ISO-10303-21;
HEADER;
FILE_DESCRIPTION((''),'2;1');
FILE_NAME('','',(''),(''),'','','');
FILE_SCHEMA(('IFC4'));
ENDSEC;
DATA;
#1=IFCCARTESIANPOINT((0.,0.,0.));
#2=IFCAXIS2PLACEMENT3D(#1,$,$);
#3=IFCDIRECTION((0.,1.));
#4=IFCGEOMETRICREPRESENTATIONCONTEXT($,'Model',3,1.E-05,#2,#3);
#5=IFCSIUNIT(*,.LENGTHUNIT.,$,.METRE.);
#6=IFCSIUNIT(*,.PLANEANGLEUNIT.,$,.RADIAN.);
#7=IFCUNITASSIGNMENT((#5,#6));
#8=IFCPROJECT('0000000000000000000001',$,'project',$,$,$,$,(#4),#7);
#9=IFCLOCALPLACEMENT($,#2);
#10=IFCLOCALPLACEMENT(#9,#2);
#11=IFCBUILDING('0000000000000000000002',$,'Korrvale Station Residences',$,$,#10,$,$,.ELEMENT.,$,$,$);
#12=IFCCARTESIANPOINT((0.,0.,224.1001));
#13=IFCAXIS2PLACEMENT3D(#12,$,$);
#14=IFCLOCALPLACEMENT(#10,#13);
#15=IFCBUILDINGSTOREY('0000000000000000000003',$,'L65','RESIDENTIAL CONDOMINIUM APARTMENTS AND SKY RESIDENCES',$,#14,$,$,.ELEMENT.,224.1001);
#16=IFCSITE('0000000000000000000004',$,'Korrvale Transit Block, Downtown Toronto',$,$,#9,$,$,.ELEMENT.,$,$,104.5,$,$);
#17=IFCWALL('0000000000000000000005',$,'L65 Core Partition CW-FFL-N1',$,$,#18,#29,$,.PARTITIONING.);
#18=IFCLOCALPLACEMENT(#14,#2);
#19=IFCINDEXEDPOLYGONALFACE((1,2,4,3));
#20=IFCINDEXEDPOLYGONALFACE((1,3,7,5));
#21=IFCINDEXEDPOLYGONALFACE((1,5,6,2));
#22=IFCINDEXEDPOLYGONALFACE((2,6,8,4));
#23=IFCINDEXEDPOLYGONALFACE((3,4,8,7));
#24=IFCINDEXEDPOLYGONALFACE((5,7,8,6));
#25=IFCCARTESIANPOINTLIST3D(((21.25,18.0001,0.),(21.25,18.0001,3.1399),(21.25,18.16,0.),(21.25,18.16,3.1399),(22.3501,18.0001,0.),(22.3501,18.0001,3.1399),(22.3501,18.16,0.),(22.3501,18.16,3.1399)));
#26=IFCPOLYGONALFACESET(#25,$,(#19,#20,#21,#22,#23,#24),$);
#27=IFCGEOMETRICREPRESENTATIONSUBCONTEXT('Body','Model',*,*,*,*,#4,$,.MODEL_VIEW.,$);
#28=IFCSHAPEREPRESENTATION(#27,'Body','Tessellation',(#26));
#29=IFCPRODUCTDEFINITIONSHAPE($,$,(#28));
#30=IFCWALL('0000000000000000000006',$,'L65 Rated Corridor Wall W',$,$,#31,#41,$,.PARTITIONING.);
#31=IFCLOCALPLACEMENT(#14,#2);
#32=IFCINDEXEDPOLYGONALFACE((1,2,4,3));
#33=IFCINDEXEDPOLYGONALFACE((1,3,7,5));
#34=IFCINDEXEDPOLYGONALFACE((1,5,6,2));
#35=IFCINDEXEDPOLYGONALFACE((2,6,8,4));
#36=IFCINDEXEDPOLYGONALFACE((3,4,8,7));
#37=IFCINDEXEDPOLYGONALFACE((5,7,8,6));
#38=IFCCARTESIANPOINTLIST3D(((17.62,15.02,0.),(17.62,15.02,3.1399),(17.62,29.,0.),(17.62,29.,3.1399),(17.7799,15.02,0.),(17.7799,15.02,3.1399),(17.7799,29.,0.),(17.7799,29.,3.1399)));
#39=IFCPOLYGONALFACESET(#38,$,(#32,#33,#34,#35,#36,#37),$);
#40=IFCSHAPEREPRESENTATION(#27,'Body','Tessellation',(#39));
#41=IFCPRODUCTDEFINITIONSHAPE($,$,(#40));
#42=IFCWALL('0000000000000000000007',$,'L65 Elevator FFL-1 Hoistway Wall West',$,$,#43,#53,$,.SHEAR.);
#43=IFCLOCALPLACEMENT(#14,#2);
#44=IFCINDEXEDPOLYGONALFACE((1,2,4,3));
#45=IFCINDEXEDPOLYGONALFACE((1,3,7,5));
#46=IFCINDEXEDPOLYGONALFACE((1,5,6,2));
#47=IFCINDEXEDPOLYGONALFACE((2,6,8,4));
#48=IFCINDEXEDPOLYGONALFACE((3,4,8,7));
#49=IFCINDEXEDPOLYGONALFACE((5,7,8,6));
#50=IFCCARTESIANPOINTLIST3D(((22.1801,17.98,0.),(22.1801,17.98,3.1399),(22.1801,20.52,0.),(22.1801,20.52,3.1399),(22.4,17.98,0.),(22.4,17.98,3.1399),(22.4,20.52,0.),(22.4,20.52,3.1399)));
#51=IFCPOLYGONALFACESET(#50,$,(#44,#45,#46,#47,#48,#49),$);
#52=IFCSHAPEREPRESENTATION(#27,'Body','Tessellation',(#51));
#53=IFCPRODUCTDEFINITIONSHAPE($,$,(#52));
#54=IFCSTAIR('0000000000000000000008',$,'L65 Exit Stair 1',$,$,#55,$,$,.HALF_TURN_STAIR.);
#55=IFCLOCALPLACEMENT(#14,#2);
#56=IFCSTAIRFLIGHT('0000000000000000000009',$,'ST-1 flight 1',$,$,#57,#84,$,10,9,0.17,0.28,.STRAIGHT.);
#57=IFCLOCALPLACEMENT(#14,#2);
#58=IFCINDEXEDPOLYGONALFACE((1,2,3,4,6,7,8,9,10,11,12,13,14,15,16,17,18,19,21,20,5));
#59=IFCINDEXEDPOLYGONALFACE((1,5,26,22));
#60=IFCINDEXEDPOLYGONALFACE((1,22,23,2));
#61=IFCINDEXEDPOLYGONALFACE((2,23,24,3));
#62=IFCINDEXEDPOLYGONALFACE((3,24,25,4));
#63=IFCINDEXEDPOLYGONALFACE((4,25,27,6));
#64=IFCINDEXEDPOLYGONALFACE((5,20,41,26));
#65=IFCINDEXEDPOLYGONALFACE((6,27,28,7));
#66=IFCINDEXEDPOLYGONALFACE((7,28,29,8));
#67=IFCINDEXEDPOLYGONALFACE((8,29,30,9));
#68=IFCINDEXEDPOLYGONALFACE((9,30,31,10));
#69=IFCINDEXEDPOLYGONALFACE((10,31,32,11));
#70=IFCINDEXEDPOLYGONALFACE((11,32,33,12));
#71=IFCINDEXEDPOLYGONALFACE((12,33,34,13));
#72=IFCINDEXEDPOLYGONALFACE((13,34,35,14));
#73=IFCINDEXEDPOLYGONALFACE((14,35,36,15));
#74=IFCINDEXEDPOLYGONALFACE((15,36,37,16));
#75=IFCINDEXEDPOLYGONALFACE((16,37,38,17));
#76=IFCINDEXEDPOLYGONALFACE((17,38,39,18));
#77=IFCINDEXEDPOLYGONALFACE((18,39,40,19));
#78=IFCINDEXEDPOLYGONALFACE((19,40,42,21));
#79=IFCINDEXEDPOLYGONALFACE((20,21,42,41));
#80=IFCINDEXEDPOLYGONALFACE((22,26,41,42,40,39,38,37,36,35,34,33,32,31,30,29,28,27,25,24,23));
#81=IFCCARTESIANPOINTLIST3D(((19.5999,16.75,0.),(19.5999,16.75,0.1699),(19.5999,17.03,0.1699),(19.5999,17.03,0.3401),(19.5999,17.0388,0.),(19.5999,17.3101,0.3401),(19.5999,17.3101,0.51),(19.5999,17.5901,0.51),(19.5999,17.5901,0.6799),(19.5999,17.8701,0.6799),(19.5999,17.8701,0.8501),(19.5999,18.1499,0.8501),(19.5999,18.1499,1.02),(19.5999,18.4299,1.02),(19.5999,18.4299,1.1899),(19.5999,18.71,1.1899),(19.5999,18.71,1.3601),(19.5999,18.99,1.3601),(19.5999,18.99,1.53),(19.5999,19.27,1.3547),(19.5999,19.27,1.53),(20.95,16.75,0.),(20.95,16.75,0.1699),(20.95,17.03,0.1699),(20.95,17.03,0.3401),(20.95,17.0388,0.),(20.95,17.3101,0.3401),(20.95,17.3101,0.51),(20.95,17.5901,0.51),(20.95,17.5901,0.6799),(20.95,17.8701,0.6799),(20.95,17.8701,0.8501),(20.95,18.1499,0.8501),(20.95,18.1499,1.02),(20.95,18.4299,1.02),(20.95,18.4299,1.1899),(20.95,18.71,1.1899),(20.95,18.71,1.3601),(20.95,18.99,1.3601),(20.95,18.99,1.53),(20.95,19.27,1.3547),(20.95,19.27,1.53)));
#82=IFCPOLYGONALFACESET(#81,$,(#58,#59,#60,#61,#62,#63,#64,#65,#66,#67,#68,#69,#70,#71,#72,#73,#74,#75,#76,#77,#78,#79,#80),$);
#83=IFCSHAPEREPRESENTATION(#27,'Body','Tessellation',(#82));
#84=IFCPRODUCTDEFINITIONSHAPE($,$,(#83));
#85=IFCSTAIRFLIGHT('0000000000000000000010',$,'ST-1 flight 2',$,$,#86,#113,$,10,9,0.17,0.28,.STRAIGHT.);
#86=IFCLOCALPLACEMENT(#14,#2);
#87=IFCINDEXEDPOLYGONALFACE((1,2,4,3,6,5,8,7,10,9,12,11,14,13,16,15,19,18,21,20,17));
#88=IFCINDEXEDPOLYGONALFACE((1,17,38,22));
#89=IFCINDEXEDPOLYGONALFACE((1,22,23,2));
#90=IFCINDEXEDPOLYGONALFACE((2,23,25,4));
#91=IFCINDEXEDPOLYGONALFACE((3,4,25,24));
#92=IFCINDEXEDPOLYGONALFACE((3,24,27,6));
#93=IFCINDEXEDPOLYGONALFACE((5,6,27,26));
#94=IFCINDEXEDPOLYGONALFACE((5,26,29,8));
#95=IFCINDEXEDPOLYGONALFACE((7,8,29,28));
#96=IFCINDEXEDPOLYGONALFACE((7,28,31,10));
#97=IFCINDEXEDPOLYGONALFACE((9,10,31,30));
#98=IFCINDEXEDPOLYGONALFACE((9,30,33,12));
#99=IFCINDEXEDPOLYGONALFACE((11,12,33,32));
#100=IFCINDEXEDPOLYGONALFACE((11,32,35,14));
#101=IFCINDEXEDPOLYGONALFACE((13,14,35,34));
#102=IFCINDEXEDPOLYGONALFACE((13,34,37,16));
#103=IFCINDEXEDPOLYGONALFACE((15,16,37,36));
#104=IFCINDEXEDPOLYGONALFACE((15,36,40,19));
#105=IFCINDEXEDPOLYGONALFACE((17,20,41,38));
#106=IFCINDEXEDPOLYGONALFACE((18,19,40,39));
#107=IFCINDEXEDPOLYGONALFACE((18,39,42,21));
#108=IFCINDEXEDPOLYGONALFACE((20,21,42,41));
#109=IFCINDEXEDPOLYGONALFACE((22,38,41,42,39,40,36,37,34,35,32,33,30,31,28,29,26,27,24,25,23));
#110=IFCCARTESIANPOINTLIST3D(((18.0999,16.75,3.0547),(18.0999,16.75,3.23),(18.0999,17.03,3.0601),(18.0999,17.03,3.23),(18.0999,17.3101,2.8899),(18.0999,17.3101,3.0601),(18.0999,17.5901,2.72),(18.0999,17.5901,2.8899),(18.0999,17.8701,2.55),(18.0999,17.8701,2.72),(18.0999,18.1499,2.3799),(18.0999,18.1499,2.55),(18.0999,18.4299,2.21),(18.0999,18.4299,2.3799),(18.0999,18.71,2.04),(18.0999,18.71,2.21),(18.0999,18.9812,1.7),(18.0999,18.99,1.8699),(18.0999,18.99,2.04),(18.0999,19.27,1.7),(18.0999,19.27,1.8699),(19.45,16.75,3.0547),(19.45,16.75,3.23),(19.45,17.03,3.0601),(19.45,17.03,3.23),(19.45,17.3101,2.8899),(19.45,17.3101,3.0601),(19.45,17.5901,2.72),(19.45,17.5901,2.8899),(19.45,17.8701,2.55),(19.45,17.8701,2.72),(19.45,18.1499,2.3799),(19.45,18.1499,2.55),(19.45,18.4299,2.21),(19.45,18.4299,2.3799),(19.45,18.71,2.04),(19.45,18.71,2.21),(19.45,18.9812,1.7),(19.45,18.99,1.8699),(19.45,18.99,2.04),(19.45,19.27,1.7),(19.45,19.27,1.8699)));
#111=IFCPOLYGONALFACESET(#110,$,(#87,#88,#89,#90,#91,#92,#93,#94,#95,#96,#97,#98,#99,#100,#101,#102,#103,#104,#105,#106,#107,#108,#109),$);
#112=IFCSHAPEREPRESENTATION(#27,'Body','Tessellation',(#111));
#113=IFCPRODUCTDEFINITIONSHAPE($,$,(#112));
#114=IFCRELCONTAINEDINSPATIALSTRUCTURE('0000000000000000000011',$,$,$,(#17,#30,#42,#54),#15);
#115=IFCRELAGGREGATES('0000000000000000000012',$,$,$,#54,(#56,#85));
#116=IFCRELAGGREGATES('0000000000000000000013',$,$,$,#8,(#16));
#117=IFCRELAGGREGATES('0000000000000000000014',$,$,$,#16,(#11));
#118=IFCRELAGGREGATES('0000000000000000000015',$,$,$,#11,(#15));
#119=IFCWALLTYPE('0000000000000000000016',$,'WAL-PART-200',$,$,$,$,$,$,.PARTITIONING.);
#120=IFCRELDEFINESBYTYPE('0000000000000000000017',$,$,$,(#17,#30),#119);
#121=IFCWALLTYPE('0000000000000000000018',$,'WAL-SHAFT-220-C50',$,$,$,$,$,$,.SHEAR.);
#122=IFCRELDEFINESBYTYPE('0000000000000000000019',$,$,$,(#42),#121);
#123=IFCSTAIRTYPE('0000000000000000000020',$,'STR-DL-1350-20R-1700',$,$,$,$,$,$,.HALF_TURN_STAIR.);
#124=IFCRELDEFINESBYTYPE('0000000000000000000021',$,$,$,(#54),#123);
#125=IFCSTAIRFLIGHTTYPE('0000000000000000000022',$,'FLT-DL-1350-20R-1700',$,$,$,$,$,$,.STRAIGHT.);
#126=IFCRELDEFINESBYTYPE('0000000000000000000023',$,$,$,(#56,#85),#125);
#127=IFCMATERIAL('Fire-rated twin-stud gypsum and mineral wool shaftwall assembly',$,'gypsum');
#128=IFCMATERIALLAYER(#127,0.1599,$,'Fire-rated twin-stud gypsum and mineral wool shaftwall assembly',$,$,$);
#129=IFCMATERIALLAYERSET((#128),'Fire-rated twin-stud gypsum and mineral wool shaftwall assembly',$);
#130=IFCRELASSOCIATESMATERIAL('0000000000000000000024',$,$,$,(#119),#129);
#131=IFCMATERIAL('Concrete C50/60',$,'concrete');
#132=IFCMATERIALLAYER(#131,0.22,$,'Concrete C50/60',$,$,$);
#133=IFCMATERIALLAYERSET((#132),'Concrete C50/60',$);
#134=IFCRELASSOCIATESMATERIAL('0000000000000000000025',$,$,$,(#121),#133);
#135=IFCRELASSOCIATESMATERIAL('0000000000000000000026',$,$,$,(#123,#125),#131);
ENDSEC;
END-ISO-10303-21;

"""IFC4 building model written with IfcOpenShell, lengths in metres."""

from ifc_helpers import new_model, si_unit, direction, frame, frame_2d, origin, place, context, subcontext, project, spatial, polyline, rectangle, outline, extrude, material, layer, layer_set, type_object, element, aggregate, save


model = new_model("IFC4")

# Units and contexts
model_context = context("Model", 3, precision=1e-05, world=origin(), true_north=direction((0.0, 1.0)))
body_context = subcontext(model_context, "Body", "Model", "MODEL_VIEW")
ifc_project = project(units=[si_unit("LENGTHUNIT", "METRE"), si_unit("PLANEANGLEUNIT", "RADIAN")], contexts=[model_context])

# Site, building, storey
site_placement = place(None, origin())
site = spatial("IfcSite", under=ifc_project, at=site_placement, Name="Korrvale Transit Block, Downtown Toronto", CompositionType="ELEMENT", RefElevation=104.5)
building_placement = place(site_placement, origin())
building = spatial("IfcBuilding", under=site, at=building_placement, Name="Korrvale Station Residences", CompositionType="ELEMENT")
storey_placement = place(building_placement, frame((0.0, 0.0, 224.1001)))
storey = spatial("IfcBuildingStorey", under=building, at=storey_placement, Name="L65", Description="RESIDENTIAL CONDOMINIUM APARTMENTS AND SKY RESIDENCES", CompositionType="ELEMENT", Elevation=224.1001)

# Shared definitions
ifc_material_1 = material(Name="Concrete C50/60", Category="concrete")

# Shared definitions
ifc_material_2 = material(Name="Fire-rated twin-stud gypsum and mineral wool shaftwall assembly", Category="gypsum")
ifc_layer_1 = layer(ifc_material_2, 0.1599, Name="Fire-rated twin-stud gypsum and mineral wool shaftwall assembly")
ifc_layer_set_1 = layer_set([ifc_layer_1], Name="Fire-rated twin-stud gypsum and mineral wool shaftwall assembly")
wall_type_1 = type_object("IfcWallType", Name="WAL-PART-200", PredefinedType="PARTITIONING", material=ifc_layer_set_1)

# Walls
wall_1_placement = place(storey_placement, frame((21.25, 18.0801, 0.0), z_axis=(0.0, 0.0, 1.0), x_axis=(1.0, 0.0, 0.0)))
element("IfcWall", 1, at=wall_1_placement, inside=storey, type_object=wall_type_1, Name="L65 Core Partition CW-FFL-N1", PredefinedType="PARTITIONING", context=body_context, shape_type="SweptSolid", body=[
    extrude(rectangle(XDim=1.1001, YDim=0.1599, at=frame_2d((0.55, 0.0))), origin(), (0.0, 0.0, 1.0), 3.1399),
])
wall_2_placement = place(storey_placement, frame((17.7, 15.02, 0.0), z_axis=(0.0, 0.0, 1.0), x_axis=(0.0, 1.0, 0.0)))
element("IfcWall", 2, at=wall_2_placement, inside=storey, type_object=wall_type_1, Name="L65 Rated Corridor Wall W", PredefinedType="PARTITIONING", context=body_context, shape_type="SweptSolid", body=[
    extrude(rectangle(XDim=13.98, YDim=0.1599, at=frame_2d((6.99, 0.0))), origin(), (0.0, 0.0, 1.0), 3.1399),
])

# Shared definitions
ifc_layer_2 = layer(ifc_material_1, 0.22, Name="Concrete C50/60")
ifc_layer_set_2 = layer_set([ifc_layer_2], Name="Concrete C50/60")
wall_type_2 = type_object("IfcWallType", Name="WAL-SHAFT-220-C50", PredefinedType="SHEAR", material=ifc_layer_set_2)

# Wall
wall_3_placement = place(storey_placement, frame((22.29, 17.98, 0.0), z_axis=(0.0, 0.0, 1.0), x_axis=(0.0, 1.0, 0.0)))
element("IfcWall", 3, at=wall_3_placement, inside=storey, type_object=wall_type_2, Name="L65 Elevator FFL-1 Hoistway Wall West", PredefinedType="SHEAR", context=body_context, shape_type="SweptSolid", body=[
    extrude(rectangle(XDim=2.54, YDim=0.22, at=frame_2d((1.27, 0.0))), origin(), (0.0, 0.0, 1.0), 3.1399),
])

# Stair, stair flights
stair_type = type_object("IfcStairType", Name="STR-DL-1350-20R-1700", PredefinedType="HALF_TURN_STAIR", material=ifc_material_1)
stair_placement = place(storey_placement, origin())
stair = element("IfcStair", 4, at=stair_placement, inside=storey, type_object=stair_type, Name="L65 Exit Stair 1", PredefinedType="HALF_TURN_STAIR")
stair_flight_type = type_object("IfcStairFlightType", Name="FLT-DL-1350-20R-1700", PredefinedType="STRAIGHT", material=ifc_material_1)
stair_flight_1_placement = place(storey_placement, frame((20.2749, 16.75, 0.0), z_axis=(0.0, 0.0, 1.0), x_axis=(0.0, 1.0, 0.0)))
stair_flight_1 = element("IfcStairFlight", 5, at=stair_flight_1_placement, type_object=stair_flight_type, Name="ST-1 flight 1", NumberOfRisers=10, NumberOfTreads=9, PredefinedType="STRAIGHT", RiserHeight=0.17, TreadLength=0.28, context=body_context, shape_type="SweptSolid", body=[
    extrude(outline(polyline([(0.0, 0.0), (0.0, 0.1699), (0.28, 0.1699), (0.28, 0.3401), (0.5601, 0.3401), (0.5601, 0.51), (0.8401, 0.51), (0.8401, 0.6799), (1.1201, 0.6799), (1.1201, 0.8501), (1.3999, 0.8501), (1.3999, 1.02), (1.6799, 1.02), (1.6799, 1.1899), (1.96, 1.1899), (1.96, 1.3601), (2.24, 1.3601), (2.24, 1.53), (2.52, 1.53), (2.52, 1.7), (2.52, 1.3547), (0.2888, 0.0), (0.0, 0.0)])), frame((0.0, 0.675, 0.0), z_axis=(0.0, -1.0, 0.0), x_axis=(1.0, 0.0, 0.0)), (0.0, 0.0, 1.0), 1.3501),
])
stair_flight_2_placement = place(storey_placement, frame((18.7749, 19.27, 1.7), z_axis=(0.0, 0.0, 1.0), x_axis=(0.0, -1.0, 0.0)))
stair_flight_2 = element("IfcStairFlight", 6, at=stair_flight_2_placement, type_object=stair_flight_type, Name="ST-1 flight 2", NumberOfRisers=10, NumberOfTreads=9, PredefinedType="STRAIGHT", RiserHeight=0.17, TreadLength=0.28, context=body_context, shape_type="SweptSolid", body=[
    extrude(outline(polyline([(0.0, 0.0), (0.0, 0.1699), (0.28, 0.1699), (0.28, 0.3401), (0.5601, 0.3401), (0.5601, 0.51), (0.8401, 0.51), (0.8401, 0.6799), (1.1201, 0.6799), (1.1201, 0.8501), (1.3999, 0.8501), (1.3999, 1.02), (1.6799, 1.02), (1.6799, 1.1899), (1.96, 1.1899), (1.96, 1.3601), (2.24, 1.3601), (2.24, 1.53), (2.52, 1.53), (2.52, 1.7), (2.52, 1.3547), (0.2888, 0.0), (0.0, 0.0)])), frame((0.0, 0.675, 0.0), z_axis=(0.0, -1.0, 0.0), x_axis=(1.0, 0.0, 0.0)), (0.0, 0.0, 1.0), 1.3501),
])
aggregate(stair, [stair_flight_1, stair_flight_2])

save(model, "model.ifc")
